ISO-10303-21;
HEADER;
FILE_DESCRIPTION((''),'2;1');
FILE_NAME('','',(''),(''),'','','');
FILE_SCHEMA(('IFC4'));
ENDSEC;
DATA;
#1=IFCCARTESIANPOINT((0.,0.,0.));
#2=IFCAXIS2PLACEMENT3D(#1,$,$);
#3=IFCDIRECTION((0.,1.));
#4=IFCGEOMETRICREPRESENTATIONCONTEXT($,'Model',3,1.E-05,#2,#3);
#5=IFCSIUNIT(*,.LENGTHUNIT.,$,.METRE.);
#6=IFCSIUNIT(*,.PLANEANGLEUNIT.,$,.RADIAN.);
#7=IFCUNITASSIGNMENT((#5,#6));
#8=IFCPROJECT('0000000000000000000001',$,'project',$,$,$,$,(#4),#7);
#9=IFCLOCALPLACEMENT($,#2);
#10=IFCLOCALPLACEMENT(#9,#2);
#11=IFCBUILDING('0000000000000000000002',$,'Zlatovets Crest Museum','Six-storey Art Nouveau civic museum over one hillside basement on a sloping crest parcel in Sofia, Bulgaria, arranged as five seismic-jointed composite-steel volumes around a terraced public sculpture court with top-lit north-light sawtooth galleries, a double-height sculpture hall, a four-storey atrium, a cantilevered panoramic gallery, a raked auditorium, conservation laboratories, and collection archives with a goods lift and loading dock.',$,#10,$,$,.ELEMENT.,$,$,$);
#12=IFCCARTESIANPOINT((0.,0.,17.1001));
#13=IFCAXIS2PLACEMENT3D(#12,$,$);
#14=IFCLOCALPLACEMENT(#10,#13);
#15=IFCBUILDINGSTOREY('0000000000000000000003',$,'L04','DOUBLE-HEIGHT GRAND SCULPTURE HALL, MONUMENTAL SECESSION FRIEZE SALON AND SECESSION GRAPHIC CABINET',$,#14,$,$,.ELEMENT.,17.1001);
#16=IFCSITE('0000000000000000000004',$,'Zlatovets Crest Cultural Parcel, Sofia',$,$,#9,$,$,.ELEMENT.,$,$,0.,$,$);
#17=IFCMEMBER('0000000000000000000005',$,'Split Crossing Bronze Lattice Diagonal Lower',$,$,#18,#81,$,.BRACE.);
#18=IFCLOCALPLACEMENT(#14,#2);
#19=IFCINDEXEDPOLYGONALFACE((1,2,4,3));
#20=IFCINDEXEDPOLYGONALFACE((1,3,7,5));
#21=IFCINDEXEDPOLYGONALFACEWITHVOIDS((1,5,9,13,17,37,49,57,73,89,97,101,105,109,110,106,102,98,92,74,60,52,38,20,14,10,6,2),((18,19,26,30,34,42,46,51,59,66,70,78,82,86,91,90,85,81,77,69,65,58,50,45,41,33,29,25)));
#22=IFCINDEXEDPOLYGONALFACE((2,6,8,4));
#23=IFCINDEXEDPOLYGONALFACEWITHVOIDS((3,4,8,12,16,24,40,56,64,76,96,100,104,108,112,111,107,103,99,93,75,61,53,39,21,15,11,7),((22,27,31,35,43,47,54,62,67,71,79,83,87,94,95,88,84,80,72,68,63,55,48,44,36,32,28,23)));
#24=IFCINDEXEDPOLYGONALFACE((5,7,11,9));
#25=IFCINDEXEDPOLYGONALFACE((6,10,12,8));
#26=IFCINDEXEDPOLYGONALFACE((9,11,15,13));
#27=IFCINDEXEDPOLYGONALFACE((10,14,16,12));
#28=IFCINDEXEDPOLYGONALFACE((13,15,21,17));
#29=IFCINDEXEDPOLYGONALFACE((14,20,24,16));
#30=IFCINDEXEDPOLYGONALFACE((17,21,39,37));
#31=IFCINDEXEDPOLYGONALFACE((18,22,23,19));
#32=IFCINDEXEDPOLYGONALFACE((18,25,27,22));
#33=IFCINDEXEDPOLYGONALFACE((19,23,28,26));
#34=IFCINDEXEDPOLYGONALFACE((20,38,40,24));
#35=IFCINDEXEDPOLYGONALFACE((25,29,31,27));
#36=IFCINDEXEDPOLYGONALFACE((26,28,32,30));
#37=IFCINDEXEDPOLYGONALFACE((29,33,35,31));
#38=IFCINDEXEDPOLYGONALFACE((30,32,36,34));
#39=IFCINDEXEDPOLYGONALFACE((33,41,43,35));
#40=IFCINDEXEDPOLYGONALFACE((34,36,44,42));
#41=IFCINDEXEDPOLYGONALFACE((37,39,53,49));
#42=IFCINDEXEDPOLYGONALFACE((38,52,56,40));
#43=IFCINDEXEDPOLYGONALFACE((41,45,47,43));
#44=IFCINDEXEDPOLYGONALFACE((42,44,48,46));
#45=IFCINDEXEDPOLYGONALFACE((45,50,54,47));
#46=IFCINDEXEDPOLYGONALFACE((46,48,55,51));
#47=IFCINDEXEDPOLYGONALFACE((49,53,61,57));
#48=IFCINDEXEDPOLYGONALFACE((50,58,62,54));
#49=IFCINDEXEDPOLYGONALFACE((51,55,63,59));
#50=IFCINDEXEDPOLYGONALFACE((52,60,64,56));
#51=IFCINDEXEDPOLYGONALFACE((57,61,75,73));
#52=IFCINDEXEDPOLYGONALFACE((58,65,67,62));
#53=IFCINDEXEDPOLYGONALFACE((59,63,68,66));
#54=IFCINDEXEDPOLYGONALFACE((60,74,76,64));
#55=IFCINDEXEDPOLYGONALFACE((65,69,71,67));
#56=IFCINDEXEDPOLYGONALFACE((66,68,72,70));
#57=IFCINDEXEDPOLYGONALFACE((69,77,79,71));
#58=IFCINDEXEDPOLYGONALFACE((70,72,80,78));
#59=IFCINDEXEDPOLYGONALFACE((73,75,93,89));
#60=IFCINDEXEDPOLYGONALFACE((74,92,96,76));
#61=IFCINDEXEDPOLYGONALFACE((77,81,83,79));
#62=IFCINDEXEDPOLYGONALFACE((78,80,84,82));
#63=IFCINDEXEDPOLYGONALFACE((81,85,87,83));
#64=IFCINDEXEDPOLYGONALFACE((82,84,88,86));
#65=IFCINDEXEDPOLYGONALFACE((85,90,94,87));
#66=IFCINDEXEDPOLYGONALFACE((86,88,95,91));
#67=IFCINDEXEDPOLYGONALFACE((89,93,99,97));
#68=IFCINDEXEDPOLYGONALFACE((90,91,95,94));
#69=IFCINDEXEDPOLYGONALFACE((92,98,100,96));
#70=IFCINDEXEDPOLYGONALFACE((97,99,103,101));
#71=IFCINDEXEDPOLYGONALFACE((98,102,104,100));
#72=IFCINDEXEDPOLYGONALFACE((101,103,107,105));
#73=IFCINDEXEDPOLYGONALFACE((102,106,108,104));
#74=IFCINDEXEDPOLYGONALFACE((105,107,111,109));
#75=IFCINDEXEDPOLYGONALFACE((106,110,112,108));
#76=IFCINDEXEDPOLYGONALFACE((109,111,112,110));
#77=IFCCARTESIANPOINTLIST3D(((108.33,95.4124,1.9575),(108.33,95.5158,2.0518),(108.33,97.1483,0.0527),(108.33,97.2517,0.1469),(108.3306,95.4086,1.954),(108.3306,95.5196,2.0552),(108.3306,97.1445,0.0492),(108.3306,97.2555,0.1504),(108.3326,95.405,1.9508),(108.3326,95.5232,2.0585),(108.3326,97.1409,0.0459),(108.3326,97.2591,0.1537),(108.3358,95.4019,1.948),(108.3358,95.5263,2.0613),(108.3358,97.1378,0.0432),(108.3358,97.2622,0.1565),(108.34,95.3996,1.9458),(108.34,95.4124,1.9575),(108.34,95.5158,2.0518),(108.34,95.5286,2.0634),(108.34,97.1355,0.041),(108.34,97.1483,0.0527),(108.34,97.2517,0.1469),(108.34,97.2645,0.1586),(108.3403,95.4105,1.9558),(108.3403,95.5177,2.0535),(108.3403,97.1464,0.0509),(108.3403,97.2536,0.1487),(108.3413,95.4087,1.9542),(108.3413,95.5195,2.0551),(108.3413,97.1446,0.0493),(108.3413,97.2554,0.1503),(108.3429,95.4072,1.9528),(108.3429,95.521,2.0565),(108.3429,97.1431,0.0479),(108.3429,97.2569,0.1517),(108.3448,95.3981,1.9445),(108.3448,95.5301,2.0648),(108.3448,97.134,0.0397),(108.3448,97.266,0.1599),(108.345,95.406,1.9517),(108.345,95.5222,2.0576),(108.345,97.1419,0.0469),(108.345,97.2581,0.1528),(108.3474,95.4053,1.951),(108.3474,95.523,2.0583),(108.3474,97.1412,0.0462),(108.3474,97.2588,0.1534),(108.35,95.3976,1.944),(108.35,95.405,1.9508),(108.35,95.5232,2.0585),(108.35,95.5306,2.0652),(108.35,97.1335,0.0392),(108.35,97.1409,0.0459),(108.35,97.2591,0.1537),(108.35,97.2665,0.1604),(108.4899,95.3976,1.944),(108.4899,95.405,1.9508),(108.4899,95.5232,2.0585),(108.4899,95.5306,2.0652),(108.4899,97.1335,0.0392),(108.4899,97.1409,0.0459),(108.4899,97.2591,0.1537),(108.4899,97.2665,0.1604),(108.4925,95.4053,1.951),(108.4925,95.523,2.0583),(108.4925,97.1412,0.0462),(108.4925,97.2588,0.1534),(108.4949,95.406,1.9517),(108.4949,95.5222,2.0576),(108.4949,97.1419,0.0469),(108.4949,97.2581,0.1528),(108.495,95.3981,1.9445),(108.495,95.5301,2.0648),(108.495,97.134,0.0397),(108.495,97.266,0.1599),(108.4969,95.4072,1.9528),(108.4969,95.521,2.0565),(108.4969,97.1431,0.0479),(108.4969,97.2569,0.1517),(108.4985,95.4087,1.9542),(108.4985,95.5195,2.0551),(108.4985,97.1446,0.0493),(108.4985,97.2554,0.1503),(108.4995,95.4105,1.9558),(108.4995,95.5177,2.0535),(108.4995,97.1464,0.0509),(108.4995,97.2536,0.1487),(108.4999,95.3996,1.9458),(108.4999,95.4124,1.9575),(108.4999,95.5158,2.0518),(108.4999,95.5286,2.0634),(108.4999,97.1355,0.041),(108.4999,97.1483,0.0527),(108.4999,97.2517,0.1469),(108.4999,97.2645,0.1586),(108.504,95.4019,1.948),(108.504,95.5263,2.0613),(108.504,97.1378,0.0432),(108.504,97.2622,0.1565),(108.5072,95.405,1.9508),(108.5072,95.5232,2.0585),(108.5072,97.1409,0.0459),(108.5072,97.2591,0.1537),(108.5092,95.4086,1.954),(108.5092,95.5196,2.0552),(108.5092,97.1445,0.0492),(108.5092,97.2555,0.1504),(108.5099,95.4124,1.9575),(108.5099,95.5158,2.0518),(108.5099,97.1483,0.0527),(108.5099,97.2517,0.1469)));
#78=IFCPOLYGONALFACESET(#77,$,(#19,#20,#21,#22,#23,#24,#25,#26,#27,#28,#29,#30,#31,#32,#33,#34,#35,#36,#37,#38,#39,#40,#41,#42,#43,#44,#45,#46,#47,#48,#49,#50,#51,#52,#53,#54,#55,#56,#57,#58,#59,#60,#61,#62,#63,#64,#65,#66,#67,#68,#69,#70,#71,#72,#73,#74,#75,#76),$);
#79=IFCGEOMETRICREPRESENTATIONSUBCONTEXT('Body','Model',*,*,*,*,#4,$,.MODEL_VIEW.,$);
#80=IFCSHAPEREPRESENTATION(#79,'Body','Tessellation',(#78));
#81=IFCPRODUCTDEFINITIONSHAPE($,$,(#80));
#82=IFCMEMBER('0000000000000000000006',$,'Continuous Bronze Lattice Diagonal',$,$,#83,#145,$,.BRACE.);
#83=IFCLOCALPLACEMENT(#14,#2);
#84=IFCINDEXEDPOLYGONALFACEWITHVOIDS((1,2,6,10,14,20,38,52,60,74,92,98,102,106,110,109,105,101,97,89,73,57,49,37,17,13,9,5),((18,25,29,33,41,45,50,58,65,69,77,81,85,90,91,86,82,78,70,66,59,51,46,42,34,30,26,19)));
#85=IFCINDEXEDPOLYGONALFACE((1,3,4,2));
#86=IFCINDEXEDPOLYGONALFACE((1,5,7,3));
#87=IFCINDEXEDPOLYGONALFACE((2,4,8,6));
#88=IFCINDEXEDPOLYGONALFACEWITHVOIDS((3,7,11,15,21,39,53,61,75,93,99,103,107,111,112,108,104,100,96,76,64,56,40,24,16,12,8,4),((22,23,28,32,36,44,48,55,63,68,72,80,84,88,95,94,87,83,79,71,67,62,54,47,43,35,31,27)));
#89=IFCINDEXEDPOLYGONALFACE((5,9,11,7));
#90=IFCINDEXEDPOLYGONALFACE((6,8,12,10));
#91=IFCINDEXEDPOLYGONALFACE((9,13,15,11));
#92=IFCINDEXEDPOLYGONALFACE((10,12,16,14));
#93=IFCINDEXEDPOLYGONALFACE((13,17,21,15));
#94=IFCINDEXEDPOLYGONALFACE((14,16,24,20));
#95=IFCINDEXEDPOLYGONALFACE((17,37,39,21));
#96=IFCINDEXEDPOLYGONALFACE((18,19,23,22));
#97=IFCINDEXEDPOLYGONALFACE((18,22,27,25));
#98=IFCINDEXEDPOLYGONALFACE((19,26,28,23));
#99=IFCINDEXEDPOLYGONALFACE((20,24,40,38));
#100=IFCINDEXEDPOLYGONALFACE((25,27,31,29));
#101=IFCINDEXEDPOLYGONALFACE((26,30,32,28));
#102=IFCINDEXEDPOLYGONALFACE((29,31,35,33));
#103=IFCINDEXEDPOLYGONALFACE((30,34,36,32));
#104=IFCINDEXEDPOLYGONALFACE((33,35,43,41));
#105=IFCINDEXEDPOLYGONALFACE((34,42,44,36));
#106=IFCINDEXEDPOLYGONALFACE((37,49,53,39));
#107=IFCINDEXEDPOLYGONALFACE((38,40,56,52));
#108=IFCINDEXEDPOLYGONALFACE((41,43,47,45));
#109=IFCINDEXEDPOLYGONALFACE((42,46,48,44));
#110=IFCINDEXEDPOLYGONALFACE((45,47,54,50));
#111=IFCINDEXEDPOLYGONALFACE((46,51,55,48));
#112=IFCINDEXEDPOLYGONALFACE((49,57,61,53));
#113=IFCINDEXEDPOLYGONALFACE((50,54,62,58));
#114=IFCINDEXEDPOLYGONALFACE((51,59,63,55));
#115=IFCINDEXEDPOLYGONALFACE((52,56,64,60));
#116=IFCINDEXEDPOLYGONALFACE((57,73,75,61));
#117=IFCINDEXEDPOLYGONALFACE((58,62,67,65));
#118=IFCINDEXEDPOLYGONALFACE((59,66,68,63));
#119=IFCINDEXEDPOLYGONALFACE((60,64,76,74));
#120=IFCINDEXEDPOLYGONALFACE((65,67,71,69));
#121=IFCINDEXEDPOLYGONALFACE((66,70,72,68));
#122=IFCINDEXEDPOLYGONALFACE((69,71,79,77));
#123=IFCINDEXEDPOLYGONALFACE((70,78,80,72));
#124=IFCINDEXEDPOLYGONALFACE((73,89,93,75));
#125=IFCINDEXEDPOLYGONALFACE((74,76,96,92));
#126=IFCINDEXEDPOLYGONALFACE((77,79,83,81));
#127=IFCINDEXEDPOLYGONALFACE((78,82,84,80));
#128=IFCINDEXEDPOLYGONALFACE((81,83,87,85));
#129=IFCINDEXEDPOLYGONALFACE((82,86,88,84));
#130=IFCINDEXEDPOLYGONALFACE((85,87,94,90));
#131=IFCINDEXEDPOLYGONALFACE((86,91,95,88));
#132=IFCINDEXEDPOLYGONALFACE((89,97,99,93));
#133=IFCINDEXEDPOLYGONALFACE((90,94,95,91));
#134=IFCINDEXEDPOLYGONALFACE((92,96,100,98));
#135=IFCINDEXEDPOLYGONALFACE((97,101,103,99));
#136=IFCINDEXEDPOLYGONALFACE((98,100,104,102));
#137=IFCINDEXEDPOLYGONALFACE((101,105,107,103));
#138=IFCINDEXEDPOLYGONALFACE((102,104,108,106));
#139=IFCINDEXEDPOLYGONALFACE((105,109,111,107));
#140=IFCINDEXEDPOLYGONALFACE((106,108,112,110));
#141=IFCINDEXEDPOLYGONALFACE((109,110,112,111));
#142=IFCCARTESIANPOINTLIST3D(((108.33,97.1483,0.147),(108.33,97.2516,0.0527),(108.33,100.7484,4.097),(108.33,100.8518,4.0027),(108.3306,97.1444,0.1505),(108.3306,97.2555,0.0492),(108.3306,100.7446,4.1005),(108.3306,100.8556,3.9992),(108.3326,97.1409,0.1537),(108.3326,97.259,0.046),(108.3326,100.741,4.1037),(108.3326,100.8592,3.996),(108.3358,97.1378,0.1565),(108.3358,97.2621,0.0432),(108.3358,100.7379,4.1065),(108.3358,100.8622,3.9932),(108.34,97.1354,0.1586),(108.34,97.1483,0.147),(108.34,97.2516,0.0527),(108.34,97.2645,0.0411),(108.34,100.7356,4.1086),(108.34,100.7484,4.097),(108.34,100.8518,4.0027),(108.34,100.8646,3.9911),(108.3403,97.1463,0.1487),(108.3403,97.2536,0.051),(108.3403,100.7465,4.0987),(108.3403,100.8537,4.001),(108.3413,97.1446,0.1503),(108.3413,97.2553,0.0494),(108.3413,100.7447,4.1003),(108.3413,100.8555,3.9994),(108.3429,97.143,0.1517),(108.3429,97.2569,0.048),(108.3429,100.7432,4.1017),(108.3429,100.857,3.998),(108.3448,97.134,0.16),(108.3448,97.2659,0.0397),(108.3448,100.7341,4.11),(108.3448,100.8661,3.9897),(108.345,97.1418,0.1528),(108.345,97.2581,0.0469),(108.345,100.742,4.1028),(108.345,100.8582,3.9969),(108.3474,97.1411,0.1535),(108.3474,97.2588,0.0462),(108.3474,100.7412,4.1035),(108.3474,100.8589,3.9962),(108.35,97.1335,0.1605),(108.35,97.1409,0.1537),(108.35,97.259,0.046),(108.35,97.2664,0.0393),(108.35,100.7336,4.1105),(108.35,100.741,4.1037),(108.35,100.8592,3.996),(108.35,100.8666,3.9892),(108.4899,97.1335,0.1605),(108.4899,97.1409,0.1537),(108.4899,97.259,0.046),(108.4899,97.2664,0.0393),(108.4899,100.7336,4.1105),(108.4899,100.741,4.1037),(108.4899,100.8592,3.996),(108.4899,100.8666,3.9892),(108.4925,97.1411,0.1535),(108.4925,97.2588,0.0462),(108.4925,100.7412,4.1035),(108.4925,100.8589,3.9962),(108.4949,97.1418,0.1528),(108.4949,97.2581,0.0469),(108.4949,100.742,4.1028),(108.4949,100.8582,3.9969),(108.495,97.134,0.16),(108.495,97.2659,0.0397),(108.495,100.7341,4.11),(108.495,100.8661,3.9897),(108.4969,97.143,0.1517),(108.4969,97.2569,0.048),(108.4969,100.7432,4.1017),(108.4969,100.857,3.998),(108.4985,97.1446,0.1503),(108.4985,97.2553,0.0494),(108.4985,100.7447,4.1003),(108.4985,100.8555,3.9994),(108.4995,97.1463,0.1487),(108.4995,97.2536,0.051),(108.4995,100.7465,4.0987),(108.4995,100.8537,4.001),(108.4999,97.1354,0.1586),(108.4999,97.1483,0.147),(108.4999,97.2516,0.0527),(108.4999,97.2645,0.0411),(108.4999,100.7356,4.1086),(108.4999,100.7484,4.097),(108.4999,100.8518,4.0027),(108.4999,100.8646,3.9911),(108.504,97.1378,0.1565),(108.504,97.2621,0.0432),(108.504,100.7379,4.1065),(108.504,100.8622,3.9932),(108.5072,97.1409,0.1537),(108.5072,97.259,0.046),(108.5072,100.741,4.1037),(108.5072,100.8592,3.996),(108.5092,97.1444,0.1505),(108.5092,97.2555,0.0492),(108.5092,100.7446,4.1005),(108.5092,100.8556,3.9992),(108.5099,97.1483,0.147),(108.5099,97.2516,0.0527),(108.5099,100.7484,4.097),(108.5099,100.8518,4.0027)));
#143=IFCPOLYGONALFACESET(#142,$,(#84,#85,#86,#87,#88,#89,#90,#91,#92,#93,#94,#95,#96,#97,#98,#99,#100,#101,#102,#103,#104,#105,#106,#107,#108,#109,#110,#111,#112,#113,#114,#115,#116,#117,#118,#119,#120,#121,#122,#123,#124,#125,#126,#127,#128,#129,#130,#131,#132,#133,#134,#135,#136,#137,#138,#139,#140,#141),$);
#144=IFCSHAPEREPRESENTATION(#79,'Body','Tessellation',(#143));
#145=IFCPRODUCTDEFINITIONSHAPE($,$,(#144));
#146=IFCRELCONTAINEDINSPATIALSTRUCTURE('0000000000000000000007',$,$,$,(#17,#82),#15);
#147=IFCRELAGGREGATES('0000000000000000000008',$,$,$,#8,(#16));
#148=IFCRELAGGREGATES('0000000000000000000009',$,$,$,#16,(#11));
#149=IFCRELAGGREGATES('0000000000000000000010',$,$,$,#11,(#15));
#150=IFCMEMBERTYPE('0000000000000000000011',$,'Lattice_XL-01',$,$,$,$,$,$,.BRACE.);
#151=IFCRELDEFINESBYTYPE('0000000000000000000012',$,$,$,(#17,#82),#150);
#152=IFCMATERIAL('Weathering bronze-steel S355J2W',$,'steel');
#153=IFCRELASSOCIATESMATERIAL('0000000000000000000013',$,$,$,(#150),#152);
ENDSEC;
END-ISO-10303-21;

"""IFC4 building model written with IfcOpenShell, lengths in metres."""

from ifc_helpers import new_model, si_unit, direction, frame, origin, origin_2d, place, context, subcontext, project, spatial, hollow_rectangle, extrude, material, material_profile, profile_set, type_object, element, save


model = new_model("IFC4")

# Units and contexts
model_context = context("Model", 3, precision=1e-05, world=origin(), true_north=direction((0.0, 1.0)))
body_context = subcontext(model_context, "Body", "Model", "MODEL_VIEW")
ifc_project = project(units=[si_unit("LENGTHUNIT", "METRE"), si_unit("PLANEANGLEUNIT", "RADIAN")], contexts=[model_context])

# Site, building, storey
site_placement = place(None, origin())
site = spatial("IfcSite", under=ifc_project, at=site_placement, Name="Zlatovets Crest Cultural Parcel, Sofia", CompositionType="ELEMENT", RefElevation=0.0)
building_placement = place(site_placement, origin())
building = spatial("IfcBuilding", under=site, at=building_placement, Name="Zlatovets Crest Museum", Description="Six-storey Art Nouveau civic museum over one hillside basement on a sloping crest parcel in Sofia, Bulgaria, arranged as five seismic-jointed composite-steel volumes around a terraced public sculpture court with top-lit north-light sawtooth galleries, a double-height sculpture hall, a four-storey atrium, a cantilevered panoramic gallery, a raked auditorium, conservation laboratories, and collection archives with a goods lift and loading dock.", CompositionType="ELEMENT")
storey_placement = place(building_placement, frame((0.0, 0.0, 17.1001)))
storey = spatial("IfcBuildingStorey", under=building, at=storey_placement, Name="L04", Description="DOUBLE-HEIGHT GRAND SCULPTURE HALL, MONUMENTAL SECESSION FRIEZE SALON AND SECESSION GRAPHIC CABINET", CompositionType="ELEMENT", Elevation=17.1001)

# Members
ifc_material_1 = material(Name="Weathering bronze-steel S355J2W", Category="steel")
ifc_material_profile_1 = material_profile(ifc_material_1, hollow_rectangle(XDim=0.1799, YDim=0.1799, WallThickness=0.01, InnerFilletRadius=0.01, OuterFilletRadius=0.02, at=origin_2d()), Name="SHS 180x180x10.0")
ifc_profile_set_1 = profile_set([ifc_material_profile_1], Name="Weathering bronze-steel S355J2W")
member_type_1 = type_object("IfcMemberType", Name="Lattice_XL-01", PredefinedType="BRACE", material=ifc_profile_set_1)
member_1_placement = place(storey_placement, frame((108.4199, 95.4641, 2.0046), z_axis=(0.0, 0.673568, -0.739125), x_axis=(-1.0, 0.0, 0.0)))
element("IfcMember", 1, at=member_1_placement, inside=storey, type_object=member_type_1, Name="Split Crossing Bronze Lattice Diagonal Lower", PredefinedType="BRACE", context=body_context, shape_type="SweptSolid", body=[
    extrude(hollow_rectangle(XDim=0.1799, YDim=0.1799, WallThickness=0.01, InnerFilletRadius=0.01, OuterFilletRadius=0.02, at=origin_2d()), origin(), (0.0, 0.0, 1.0), 2.5771),
])
member_2_placement = place(storey_placement, frame((108.4199, 97.2, 0.0999), z_axis=(0.0, 0.673618, 0.73908), x_axis=(-1.0, 0.0, 0.0)))
element("IfcMember", 2, at=member_2_placement, inside=storey, type_object=member_type_1, Name="Continuous Bronze Lattice Diagonal", PredefinedType="BRACE", context=body_context, shape_type="SweptSolid", body=[
    extrude(hollow_rectangle(XDim=0.1799, YDim=0.1799, WallThickness=0.01, InnerFilletRadius=0.01, OuterFilletRadius=0.02, at=origin_2d()), origin(), (0.0, 0.0, 1.0), 5.3445),
])

save(model, "model.ifc")
